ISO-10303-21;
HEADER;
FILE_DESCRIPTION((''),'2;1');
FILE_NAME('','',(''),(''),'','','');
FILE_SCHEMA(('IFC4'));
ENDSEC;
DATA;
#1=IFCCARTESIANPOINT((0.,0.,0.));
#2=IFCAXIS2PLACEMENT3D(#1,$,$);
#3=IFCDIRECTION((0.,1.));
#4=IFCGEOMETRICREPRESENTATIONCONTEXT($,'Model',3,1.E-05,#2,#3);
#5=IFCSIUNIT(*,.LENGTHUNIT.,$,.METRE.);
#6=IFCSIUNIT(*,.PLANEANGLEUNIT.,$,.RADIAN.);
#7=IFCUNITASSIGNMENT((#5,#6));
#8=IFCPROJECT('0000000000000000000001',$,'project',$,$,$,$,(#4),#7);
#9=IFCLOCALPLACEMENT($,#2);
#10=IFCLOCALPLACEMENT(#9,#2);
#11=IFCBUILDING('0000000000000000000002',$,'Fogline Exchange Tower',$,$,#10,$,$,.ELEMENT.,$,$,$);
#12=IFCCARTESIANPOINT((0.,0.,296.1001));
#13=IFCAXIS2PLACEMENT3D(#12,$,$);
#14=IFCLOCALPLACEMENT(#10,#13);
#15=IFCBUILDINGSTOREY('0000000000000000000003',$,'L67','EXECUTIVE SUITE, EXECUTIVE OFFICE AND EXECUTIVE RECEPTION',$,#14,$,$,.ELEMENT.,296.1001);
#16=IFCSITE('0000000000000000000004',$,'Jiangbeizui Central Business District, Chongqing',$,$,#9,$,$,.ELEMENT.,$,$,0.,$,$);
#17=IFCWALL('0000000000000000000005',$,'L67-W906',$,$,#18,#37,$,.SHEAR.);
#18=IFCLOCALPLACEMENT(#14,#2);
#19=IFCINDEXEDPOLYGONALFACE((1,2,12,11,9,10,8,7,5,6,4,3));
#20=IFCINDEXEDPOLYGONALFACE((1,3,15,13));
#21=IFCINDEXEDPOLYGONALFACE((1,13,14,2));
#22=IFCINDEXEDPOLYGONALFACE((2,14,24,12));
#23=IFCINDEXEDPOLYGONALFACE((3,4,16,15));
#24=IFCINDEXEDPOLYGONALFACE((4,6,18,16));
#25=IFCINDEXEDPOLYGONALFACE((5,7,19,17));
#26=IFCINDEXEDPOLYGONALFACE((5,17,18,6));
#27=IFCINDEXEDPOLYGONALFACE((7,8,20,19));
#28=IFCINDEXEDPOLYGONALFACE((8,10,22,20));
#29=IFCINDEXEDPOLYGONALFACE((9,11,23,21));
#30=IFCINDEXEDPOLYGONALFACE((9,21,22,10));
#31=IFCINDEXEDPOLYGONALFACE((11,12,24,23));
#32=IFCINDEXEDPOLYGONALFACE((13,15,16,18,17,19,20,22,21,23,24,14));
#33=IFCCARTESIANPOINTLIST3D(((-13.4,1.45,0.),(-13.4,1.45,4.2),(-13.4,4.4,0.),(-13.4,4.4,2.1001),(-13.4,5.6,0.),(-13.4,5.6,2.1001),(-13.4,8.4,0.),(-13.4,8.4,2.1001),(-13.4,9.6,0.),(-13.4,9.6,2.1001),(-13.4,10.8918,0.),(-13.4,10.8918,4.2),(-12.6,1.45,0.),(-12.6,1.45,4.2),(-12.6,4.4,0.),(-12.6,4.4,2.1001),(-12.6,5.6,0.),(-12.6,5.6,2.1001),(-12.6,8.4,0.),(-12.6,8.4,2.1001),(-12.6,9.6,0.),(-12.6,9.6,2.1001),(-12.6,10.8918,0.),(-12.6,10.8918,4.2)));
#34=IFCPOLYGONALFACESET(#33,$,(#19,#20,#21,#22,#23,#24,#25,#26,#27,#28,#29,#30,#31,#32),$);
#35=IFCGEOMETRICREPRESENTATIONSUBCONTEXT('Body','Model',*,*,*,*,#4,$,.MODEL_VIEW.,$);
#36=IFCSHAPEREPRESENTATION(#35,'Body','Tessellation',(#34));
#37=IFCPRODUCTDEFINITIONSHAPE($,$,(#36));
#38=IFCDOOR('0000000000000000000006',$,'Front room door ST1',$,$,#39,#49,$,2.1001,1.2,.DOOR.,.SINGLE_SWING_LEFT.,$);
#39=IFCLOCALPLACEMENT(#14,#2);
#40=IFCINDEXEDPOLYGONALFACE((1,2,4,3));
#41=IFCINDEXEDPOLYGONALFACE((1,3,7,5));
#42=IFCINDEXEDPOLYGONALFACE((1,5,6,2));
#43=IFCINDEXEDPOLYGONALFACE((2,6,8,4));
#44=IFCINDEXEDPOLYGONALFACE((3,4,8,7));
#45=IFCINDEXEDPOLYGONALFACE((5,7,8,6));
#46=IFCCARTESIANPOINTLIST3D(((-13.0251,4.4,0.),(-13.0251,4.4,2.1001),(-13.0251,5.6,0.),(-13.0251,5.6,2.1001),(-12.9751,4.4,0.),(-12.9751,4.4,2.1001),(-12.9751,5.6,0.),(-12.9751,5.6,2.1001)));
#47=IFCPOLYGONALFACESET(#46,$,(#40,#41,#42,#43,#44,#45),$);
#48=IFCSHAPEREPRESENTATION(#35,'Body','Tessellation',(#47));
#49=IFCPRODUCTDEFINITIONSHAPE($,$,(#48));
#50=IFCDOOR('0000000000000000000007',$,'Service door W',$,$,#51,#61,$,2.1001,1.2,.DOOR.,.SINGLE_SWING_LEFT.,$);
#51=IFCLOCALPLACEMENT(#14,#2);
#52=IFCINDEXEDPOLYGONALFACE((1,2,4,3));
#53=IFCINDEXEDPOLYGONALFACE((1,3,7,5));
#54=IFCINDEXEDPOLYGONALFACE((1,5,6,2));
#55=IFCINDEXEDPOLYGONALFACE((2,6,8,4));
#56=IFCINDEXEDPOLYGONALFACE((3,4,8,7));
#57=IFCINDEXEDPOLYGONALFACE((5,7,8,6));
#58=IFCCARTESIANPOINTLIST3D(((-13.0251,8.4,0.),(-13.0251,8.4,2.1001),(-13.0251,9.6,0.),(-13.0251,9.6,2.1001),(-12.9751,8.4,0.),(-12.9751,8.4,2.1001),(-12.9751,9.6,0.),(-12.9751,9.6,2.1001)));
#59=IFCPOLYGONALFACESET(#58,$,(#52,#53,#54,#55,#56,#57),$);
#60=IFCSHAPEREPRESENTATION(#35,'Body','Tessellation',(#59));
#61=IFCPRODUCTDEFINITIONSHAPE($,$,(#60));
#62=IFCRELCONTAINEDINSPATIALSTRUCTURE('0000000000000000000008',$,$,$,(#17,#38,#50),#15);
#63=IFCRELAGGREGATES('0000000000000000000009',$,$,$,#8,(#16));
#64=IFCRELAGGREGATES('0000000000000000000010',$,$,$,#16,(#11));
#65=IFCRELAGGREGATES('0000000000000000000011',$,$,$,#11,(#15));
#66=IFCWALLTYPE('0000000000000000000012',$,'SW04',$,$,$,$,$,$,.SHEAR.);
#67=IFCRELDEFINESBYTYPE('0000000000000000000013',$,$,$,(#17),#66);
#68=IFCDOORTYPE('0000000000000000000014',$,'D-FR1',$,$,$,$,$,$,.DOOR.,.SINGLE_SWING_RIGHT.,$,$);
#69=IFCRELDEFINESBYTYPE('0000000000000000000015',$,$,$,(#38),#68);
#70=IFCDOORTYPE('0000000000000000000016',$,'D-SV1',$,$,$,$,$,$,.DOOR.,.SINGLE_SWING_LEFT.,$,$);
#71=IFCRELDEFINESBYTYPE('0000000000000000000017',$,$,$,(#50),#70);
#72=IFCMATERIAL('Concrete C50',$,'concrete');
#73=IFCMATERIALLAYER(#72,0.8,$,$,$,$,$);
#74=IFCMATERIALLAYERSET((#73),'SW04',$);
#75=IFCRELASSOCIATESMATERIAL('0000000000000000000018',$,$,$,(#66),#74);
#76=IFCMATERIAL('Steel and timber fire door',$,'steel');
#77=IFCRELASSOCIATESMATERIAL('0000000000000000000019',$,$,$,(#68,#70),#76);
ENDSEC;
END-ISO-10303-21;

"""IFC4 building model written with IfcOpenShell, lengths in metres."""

from ifc_helpers import new_model, si_unit, direction, frame, frame_2d, origin, place, context, subcontext, project, spatial, rectangle, extrude, material, layer, layer_set, type_object, element, fill, save


model = new_model("IFC4")

# Units and contexts
model_context = context("Model", 3, precision=1e-05, world=origin(), true_north=direction((0.0, 1.0)))
body_context = subcontext(model_context, "Body", "Model", "MODEL_VIEW")
ifc_project = project(units=[si_unit("LENGTHUNIT", "METRE"), si_unit("PLANEANGLEUNIT", "RADIAN")], contexts=[model_context])

# Site, building, storey
site_placement = place(None, origin())
site = spatial("IfcSite", under=ifc_project, at=site_placement, Name="Jiangbeizui Central Business District, Chongqing", CompositionType="ELEMENT", RefElevation=0.0)
building_placement = place(site_placement, origin())
building = spatial("IfcBuilding", under=site, at=building_placement, Name="Fogline Exchange Tower", CompositionType="ELEMENT")
storey_placement = place(building_placement, frame((0.0, 0.0, 296.1001)))
storey = spatial("IfcBuildingStorey", under=building, at=storey_placement, Name="L67", Description="EXECUTIVE SUITE, EXECUTIVE OFFICE AND EXECUTIVE RECEPTION", CompositionType="ELEMENT", Elevation=296.1001)

# Wall, openings, doors
ifc_material_1 = material(Name="Concrete C50", Category="concrete")
ifc_layer_1 = layer(ifc_material_1, 0.8)
ifc_layer_set_1 = layer_set([ifc_layer_1], Name="SW04")
wall_type_1 = type_object("IfcWallType", Name="SW04", PredefinedType="SHEAR", material=ifc_layer_set_1)
wall_1_placement = place(storey_placement, frame((-13.0, 10.8918, 0.0), z_axis=(0.0, 0.0, 1.0), x_axis=(0.0, -1.0, 0.0)))
wall_1 = element("IfcWall", 1, at=wall_1_placement, inside=storey, type_object=wall_type_1, Name="L67-W906", PredefinedType="SHEAR", context=body_context, shape_type="SweptSolid", body=[
    extrude(rectangle(XDim=9.4419, YDim=0.8, at=frame_2d((4.7209, 0.0))), origin(), (0.0, 0.0, 1.0), 4.2),
])
opening_1_placement = place(wall_1_placement, frame((5.2917, 0.0, 0.0)))
opening_1 = element("IfcOpeningElement", 2, at=opening_1_placement, cuts=wall_1, PredefinedType="OPENING", context=body_context, shape_type="SweptSolid", body=[
    extrude(rectangle(XDim=1.2, YDim=2.1001, at=frame_2d((0.6001, 1.05))), frame((0.0, 0.4102, 0.0), z_axis=(0.0, -1.0, 0.0), x_axis=(1.0, 0.0, 0.0)), (0.0, 0.0, 1.0), 0.8201),
])
opening_2_placement = place(wall_1_placement, frame((1.2917, 0.0, 0.0)))
opening_2 = element("IfcOpeningElement", 3, at=opening_2_placement, cuts=wall_1, PredefinedType="OPENING", context=body_context, shape_type="SweptSolid", body=[
    extrude(rectangle(XDim=1.2, YDim=2.1001, at=frame_2d((0.6001, 1.05))), frame((0.0, 0.4102, 0.0), z_axis=(0.0, -1.0, 0.0), x_axis=(1.0, 0.0, 0.0)), (0.0, 0.0, 1.0), 0.8201),
])
ifc_material_2 = material(Name="Steel and timber fire door", Category="steel")
door_type_1 = type_object("IfcDoorType", Name="D-FR1", OperationType="SINGLE_SWING_RIGHT", PredefinedType="DOOR", material=ifc_material_2)
door_1_placement = place(opening_1_placement, origin())
door_1 = element("IfcDoor", 4, at=door_1_placement, inside=storey, type_object=door_type_1, Name="Front room door ST1", OperationType="SINGLE_SWING_LEFT", OverallHeight=2.1001, OverallWidth=1.2, PredefinedType="DOOR", context=body_context, shape_type="SweptSolid", body=[
    extrude(rectangle(XDim=1.2, YDim=2.1001, at=frame_2d((0.6001, 1.05))), frame((0.0, 0.0249, 0.0), z_axis=(0.0, -1.0, 0.0), x_axis=(1.0, 0.0, 0.0)), (0.0, 0.0, 1.0), 0.05),
])
fill(opening_1, door_1)
door_type_2 = type_object("IfcDoorType", Name="D-SV1", OperationType="SINGLE_SWING_LEFT", PredefinedType="DOOR", material=ifc_material_2)
door_2_placement = place(opening_2_placement, origin())
door_2 = element("IfcDoor", 5, at=door_2_placement, inside=storey, type_object=door_type_2, Name="Service door W", OperationType="SINGLE_SWING_LEFT", OverallHeight=2.1001, OverallWidth=1.2, PredefinedType="DOOR", context=body_context, shape_type="SweptSolid", body=[
    extrude(rectangle(XDim=1.2, YDim=2.1001, at=frame_2d((0.6001, 1.05))), frame((0.0, 0.0249, 0.0), z_axis=(0.0, -1.0, 0.0), x_axis=(1.0, 0.0, 0.0)), (0.0, 0.0, 1.0), 0.05),
])
fill(opening_2, door_2)

save(model, "model.ifc")
